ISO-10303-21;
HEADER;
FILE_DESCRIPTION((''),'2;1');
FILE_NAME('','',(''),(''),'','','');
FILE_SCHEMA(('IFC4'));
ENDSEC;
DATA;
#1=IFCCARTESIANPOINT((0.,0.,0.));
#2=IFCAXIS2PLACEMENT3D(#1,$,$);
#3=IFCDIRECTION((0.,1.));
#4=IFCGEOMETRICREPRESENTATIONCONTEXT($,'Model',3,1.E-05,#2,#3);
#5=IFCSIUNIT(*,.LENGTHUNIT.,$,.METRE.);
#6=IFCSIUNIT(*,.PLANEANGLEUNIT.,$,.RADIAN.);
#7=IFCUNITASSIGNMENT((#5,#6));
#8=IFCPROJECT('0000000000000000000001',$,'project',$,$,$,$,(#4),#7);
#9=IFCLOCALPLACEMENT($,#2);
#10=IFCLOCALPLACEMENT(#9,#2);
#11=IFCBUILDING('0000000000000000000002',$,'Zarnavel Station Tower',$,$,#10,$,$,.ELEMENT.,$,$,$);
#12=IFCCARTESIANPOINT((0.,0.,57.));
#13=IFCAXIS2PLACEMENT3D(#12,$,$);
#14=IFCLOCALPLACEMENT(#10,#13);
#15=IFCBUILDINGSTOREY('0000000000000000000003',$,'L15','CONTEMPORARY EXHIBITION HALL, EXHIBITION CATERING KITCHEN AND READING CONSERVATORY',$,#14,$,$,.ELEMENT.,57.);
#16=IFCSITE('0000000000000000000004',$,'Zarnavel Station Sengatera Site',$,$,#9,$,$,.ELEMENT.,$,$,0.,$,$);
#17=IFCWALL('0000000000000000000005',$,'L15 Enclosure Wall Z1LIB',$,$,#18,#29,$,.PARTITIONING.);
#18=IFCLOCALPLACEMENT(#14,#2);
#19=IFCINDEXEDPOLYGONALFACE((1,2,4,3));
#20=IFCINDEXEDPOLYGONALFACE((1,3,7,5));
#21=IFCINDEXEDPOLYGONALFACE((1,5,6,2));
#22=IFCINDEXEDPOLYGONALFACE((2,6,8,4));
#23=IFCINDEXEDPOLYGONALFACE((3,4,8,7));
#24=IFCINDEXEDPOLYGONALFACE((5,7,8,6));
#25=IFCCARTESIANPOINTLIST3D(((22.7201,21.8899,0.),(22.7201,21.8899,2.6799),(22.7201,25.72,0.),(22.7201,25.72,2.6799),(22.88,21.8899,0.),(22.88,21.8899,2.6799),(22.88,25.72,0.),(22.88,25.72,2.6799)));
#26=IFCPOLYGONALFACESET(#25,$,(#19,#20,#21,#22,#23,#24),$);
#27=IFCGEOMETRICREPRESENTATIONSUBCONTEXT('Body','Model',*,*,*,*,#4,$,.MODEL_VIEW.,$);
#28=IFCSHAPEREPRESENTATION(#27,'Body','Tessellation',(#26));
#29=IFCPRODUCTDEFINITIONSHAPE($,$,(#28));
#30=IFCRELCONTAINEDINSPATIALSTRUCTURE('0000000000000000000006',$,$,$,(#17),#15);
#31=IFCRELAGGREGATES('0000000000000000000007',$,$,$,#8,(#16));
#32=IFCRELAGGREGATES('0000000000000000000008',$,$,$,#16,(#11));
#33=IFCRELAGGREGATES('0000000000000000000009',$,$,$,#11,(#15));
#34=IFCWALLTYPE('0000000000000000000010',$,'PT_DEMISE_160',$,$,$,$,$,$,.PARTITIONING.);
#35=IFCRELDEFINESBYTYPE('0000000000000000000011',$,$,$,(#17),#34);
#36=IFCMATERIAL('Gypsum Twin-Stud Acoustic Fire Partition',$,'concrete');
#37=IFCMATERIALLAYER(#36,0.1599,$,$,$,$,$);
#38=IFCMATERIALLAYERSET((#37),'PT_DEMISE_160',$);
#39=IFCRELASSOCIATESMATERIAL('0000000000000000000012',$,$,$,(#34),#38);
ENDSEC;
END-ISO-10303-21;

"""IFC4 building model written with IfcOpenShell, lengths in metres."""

from ifc_helpers import new_model, si_unit, direction, frame, frame_2d, origin, place, context, subcontext, project, spatial, rectangle, extrude, material, layer, layer_set, type_object, element, save


model = new_model("IFC4")

# Units and contexts
model_context = context("Model", 3, precision=1e-05, world=origin(), true_north=direction((0.0, 1.0)))
body_context = subcontext(model_context, "Body", "Model", "MODEL_VIEW")
ifc_project = project(units=[si_unit("LENGTHUNIT", "METRE"), si_unit("PLANEANGLEUNIT", "RADIAN")], contexts=[model_context])

# Site, building, storey
site_placement = place(None, origin())
site = spatial("IfcSite", under=ifc_project, at=site_placement, Name="Zarnavel Station Sengatera Site", CompositionType="ELEMENT", RefElevation=0.0)
building_placement = place(site_placement, origin())
building = spatial("IfcBuilding", under=site, at=building_placement, Name="Zarnavel Station Tower", CompositionType="ELEMENT")
storey_placement = place(building_placement, frame((0.0, 0.0, 57.0)))
storey = spatial("IfcBuildingStorey", under=building, at=storey_placement, Name="L15", Description="CONTEMPORARY EXHIBITION HALL, EXHIBITION CATERING KITCHEN AND READING CONSERVATORY", CompositionType="ELEMENT", Elevation=57.0)

# Wall
ifc_material_1 = material(Name="Gypsum Twin-Stud Acoustic Fire Partition", Category="concrete")
ifc_layer_1 = layer(ifc_material_1, 0.1599)
ifc_layer_set_1 = layer_set([ifc_layer_1], Name="PT_DEMISE_160")
wall_type = type_object("IfcWallType", Name="PT_DEMISE_160", PredefinedType="PARTITIONING", material=ifc_layer_set_1)
wall_placement = place(storey_placement, frame((22.8, 21.8899, 0.0), z_axis=(0.0, 0.0, 1.0), x_axis=(0.0, 1.0, 0.0)))
element("IfcWall", 1, at=wall_placement, inside=storey, type_object=wall_type, Name="L15 Enclosure Wall Z1LIB", PredefinedType="PARTITIONING", context=body_context, shape_type="SweptSolid", body=[
    extrude(rectangle(XDim=3.8301, YDim=0.1599, at=frame_2d((1.915, 0.0))), origin(), (0.0, 0.0, 1.0), 2.6799),
])

save(model, "model.ifc")
